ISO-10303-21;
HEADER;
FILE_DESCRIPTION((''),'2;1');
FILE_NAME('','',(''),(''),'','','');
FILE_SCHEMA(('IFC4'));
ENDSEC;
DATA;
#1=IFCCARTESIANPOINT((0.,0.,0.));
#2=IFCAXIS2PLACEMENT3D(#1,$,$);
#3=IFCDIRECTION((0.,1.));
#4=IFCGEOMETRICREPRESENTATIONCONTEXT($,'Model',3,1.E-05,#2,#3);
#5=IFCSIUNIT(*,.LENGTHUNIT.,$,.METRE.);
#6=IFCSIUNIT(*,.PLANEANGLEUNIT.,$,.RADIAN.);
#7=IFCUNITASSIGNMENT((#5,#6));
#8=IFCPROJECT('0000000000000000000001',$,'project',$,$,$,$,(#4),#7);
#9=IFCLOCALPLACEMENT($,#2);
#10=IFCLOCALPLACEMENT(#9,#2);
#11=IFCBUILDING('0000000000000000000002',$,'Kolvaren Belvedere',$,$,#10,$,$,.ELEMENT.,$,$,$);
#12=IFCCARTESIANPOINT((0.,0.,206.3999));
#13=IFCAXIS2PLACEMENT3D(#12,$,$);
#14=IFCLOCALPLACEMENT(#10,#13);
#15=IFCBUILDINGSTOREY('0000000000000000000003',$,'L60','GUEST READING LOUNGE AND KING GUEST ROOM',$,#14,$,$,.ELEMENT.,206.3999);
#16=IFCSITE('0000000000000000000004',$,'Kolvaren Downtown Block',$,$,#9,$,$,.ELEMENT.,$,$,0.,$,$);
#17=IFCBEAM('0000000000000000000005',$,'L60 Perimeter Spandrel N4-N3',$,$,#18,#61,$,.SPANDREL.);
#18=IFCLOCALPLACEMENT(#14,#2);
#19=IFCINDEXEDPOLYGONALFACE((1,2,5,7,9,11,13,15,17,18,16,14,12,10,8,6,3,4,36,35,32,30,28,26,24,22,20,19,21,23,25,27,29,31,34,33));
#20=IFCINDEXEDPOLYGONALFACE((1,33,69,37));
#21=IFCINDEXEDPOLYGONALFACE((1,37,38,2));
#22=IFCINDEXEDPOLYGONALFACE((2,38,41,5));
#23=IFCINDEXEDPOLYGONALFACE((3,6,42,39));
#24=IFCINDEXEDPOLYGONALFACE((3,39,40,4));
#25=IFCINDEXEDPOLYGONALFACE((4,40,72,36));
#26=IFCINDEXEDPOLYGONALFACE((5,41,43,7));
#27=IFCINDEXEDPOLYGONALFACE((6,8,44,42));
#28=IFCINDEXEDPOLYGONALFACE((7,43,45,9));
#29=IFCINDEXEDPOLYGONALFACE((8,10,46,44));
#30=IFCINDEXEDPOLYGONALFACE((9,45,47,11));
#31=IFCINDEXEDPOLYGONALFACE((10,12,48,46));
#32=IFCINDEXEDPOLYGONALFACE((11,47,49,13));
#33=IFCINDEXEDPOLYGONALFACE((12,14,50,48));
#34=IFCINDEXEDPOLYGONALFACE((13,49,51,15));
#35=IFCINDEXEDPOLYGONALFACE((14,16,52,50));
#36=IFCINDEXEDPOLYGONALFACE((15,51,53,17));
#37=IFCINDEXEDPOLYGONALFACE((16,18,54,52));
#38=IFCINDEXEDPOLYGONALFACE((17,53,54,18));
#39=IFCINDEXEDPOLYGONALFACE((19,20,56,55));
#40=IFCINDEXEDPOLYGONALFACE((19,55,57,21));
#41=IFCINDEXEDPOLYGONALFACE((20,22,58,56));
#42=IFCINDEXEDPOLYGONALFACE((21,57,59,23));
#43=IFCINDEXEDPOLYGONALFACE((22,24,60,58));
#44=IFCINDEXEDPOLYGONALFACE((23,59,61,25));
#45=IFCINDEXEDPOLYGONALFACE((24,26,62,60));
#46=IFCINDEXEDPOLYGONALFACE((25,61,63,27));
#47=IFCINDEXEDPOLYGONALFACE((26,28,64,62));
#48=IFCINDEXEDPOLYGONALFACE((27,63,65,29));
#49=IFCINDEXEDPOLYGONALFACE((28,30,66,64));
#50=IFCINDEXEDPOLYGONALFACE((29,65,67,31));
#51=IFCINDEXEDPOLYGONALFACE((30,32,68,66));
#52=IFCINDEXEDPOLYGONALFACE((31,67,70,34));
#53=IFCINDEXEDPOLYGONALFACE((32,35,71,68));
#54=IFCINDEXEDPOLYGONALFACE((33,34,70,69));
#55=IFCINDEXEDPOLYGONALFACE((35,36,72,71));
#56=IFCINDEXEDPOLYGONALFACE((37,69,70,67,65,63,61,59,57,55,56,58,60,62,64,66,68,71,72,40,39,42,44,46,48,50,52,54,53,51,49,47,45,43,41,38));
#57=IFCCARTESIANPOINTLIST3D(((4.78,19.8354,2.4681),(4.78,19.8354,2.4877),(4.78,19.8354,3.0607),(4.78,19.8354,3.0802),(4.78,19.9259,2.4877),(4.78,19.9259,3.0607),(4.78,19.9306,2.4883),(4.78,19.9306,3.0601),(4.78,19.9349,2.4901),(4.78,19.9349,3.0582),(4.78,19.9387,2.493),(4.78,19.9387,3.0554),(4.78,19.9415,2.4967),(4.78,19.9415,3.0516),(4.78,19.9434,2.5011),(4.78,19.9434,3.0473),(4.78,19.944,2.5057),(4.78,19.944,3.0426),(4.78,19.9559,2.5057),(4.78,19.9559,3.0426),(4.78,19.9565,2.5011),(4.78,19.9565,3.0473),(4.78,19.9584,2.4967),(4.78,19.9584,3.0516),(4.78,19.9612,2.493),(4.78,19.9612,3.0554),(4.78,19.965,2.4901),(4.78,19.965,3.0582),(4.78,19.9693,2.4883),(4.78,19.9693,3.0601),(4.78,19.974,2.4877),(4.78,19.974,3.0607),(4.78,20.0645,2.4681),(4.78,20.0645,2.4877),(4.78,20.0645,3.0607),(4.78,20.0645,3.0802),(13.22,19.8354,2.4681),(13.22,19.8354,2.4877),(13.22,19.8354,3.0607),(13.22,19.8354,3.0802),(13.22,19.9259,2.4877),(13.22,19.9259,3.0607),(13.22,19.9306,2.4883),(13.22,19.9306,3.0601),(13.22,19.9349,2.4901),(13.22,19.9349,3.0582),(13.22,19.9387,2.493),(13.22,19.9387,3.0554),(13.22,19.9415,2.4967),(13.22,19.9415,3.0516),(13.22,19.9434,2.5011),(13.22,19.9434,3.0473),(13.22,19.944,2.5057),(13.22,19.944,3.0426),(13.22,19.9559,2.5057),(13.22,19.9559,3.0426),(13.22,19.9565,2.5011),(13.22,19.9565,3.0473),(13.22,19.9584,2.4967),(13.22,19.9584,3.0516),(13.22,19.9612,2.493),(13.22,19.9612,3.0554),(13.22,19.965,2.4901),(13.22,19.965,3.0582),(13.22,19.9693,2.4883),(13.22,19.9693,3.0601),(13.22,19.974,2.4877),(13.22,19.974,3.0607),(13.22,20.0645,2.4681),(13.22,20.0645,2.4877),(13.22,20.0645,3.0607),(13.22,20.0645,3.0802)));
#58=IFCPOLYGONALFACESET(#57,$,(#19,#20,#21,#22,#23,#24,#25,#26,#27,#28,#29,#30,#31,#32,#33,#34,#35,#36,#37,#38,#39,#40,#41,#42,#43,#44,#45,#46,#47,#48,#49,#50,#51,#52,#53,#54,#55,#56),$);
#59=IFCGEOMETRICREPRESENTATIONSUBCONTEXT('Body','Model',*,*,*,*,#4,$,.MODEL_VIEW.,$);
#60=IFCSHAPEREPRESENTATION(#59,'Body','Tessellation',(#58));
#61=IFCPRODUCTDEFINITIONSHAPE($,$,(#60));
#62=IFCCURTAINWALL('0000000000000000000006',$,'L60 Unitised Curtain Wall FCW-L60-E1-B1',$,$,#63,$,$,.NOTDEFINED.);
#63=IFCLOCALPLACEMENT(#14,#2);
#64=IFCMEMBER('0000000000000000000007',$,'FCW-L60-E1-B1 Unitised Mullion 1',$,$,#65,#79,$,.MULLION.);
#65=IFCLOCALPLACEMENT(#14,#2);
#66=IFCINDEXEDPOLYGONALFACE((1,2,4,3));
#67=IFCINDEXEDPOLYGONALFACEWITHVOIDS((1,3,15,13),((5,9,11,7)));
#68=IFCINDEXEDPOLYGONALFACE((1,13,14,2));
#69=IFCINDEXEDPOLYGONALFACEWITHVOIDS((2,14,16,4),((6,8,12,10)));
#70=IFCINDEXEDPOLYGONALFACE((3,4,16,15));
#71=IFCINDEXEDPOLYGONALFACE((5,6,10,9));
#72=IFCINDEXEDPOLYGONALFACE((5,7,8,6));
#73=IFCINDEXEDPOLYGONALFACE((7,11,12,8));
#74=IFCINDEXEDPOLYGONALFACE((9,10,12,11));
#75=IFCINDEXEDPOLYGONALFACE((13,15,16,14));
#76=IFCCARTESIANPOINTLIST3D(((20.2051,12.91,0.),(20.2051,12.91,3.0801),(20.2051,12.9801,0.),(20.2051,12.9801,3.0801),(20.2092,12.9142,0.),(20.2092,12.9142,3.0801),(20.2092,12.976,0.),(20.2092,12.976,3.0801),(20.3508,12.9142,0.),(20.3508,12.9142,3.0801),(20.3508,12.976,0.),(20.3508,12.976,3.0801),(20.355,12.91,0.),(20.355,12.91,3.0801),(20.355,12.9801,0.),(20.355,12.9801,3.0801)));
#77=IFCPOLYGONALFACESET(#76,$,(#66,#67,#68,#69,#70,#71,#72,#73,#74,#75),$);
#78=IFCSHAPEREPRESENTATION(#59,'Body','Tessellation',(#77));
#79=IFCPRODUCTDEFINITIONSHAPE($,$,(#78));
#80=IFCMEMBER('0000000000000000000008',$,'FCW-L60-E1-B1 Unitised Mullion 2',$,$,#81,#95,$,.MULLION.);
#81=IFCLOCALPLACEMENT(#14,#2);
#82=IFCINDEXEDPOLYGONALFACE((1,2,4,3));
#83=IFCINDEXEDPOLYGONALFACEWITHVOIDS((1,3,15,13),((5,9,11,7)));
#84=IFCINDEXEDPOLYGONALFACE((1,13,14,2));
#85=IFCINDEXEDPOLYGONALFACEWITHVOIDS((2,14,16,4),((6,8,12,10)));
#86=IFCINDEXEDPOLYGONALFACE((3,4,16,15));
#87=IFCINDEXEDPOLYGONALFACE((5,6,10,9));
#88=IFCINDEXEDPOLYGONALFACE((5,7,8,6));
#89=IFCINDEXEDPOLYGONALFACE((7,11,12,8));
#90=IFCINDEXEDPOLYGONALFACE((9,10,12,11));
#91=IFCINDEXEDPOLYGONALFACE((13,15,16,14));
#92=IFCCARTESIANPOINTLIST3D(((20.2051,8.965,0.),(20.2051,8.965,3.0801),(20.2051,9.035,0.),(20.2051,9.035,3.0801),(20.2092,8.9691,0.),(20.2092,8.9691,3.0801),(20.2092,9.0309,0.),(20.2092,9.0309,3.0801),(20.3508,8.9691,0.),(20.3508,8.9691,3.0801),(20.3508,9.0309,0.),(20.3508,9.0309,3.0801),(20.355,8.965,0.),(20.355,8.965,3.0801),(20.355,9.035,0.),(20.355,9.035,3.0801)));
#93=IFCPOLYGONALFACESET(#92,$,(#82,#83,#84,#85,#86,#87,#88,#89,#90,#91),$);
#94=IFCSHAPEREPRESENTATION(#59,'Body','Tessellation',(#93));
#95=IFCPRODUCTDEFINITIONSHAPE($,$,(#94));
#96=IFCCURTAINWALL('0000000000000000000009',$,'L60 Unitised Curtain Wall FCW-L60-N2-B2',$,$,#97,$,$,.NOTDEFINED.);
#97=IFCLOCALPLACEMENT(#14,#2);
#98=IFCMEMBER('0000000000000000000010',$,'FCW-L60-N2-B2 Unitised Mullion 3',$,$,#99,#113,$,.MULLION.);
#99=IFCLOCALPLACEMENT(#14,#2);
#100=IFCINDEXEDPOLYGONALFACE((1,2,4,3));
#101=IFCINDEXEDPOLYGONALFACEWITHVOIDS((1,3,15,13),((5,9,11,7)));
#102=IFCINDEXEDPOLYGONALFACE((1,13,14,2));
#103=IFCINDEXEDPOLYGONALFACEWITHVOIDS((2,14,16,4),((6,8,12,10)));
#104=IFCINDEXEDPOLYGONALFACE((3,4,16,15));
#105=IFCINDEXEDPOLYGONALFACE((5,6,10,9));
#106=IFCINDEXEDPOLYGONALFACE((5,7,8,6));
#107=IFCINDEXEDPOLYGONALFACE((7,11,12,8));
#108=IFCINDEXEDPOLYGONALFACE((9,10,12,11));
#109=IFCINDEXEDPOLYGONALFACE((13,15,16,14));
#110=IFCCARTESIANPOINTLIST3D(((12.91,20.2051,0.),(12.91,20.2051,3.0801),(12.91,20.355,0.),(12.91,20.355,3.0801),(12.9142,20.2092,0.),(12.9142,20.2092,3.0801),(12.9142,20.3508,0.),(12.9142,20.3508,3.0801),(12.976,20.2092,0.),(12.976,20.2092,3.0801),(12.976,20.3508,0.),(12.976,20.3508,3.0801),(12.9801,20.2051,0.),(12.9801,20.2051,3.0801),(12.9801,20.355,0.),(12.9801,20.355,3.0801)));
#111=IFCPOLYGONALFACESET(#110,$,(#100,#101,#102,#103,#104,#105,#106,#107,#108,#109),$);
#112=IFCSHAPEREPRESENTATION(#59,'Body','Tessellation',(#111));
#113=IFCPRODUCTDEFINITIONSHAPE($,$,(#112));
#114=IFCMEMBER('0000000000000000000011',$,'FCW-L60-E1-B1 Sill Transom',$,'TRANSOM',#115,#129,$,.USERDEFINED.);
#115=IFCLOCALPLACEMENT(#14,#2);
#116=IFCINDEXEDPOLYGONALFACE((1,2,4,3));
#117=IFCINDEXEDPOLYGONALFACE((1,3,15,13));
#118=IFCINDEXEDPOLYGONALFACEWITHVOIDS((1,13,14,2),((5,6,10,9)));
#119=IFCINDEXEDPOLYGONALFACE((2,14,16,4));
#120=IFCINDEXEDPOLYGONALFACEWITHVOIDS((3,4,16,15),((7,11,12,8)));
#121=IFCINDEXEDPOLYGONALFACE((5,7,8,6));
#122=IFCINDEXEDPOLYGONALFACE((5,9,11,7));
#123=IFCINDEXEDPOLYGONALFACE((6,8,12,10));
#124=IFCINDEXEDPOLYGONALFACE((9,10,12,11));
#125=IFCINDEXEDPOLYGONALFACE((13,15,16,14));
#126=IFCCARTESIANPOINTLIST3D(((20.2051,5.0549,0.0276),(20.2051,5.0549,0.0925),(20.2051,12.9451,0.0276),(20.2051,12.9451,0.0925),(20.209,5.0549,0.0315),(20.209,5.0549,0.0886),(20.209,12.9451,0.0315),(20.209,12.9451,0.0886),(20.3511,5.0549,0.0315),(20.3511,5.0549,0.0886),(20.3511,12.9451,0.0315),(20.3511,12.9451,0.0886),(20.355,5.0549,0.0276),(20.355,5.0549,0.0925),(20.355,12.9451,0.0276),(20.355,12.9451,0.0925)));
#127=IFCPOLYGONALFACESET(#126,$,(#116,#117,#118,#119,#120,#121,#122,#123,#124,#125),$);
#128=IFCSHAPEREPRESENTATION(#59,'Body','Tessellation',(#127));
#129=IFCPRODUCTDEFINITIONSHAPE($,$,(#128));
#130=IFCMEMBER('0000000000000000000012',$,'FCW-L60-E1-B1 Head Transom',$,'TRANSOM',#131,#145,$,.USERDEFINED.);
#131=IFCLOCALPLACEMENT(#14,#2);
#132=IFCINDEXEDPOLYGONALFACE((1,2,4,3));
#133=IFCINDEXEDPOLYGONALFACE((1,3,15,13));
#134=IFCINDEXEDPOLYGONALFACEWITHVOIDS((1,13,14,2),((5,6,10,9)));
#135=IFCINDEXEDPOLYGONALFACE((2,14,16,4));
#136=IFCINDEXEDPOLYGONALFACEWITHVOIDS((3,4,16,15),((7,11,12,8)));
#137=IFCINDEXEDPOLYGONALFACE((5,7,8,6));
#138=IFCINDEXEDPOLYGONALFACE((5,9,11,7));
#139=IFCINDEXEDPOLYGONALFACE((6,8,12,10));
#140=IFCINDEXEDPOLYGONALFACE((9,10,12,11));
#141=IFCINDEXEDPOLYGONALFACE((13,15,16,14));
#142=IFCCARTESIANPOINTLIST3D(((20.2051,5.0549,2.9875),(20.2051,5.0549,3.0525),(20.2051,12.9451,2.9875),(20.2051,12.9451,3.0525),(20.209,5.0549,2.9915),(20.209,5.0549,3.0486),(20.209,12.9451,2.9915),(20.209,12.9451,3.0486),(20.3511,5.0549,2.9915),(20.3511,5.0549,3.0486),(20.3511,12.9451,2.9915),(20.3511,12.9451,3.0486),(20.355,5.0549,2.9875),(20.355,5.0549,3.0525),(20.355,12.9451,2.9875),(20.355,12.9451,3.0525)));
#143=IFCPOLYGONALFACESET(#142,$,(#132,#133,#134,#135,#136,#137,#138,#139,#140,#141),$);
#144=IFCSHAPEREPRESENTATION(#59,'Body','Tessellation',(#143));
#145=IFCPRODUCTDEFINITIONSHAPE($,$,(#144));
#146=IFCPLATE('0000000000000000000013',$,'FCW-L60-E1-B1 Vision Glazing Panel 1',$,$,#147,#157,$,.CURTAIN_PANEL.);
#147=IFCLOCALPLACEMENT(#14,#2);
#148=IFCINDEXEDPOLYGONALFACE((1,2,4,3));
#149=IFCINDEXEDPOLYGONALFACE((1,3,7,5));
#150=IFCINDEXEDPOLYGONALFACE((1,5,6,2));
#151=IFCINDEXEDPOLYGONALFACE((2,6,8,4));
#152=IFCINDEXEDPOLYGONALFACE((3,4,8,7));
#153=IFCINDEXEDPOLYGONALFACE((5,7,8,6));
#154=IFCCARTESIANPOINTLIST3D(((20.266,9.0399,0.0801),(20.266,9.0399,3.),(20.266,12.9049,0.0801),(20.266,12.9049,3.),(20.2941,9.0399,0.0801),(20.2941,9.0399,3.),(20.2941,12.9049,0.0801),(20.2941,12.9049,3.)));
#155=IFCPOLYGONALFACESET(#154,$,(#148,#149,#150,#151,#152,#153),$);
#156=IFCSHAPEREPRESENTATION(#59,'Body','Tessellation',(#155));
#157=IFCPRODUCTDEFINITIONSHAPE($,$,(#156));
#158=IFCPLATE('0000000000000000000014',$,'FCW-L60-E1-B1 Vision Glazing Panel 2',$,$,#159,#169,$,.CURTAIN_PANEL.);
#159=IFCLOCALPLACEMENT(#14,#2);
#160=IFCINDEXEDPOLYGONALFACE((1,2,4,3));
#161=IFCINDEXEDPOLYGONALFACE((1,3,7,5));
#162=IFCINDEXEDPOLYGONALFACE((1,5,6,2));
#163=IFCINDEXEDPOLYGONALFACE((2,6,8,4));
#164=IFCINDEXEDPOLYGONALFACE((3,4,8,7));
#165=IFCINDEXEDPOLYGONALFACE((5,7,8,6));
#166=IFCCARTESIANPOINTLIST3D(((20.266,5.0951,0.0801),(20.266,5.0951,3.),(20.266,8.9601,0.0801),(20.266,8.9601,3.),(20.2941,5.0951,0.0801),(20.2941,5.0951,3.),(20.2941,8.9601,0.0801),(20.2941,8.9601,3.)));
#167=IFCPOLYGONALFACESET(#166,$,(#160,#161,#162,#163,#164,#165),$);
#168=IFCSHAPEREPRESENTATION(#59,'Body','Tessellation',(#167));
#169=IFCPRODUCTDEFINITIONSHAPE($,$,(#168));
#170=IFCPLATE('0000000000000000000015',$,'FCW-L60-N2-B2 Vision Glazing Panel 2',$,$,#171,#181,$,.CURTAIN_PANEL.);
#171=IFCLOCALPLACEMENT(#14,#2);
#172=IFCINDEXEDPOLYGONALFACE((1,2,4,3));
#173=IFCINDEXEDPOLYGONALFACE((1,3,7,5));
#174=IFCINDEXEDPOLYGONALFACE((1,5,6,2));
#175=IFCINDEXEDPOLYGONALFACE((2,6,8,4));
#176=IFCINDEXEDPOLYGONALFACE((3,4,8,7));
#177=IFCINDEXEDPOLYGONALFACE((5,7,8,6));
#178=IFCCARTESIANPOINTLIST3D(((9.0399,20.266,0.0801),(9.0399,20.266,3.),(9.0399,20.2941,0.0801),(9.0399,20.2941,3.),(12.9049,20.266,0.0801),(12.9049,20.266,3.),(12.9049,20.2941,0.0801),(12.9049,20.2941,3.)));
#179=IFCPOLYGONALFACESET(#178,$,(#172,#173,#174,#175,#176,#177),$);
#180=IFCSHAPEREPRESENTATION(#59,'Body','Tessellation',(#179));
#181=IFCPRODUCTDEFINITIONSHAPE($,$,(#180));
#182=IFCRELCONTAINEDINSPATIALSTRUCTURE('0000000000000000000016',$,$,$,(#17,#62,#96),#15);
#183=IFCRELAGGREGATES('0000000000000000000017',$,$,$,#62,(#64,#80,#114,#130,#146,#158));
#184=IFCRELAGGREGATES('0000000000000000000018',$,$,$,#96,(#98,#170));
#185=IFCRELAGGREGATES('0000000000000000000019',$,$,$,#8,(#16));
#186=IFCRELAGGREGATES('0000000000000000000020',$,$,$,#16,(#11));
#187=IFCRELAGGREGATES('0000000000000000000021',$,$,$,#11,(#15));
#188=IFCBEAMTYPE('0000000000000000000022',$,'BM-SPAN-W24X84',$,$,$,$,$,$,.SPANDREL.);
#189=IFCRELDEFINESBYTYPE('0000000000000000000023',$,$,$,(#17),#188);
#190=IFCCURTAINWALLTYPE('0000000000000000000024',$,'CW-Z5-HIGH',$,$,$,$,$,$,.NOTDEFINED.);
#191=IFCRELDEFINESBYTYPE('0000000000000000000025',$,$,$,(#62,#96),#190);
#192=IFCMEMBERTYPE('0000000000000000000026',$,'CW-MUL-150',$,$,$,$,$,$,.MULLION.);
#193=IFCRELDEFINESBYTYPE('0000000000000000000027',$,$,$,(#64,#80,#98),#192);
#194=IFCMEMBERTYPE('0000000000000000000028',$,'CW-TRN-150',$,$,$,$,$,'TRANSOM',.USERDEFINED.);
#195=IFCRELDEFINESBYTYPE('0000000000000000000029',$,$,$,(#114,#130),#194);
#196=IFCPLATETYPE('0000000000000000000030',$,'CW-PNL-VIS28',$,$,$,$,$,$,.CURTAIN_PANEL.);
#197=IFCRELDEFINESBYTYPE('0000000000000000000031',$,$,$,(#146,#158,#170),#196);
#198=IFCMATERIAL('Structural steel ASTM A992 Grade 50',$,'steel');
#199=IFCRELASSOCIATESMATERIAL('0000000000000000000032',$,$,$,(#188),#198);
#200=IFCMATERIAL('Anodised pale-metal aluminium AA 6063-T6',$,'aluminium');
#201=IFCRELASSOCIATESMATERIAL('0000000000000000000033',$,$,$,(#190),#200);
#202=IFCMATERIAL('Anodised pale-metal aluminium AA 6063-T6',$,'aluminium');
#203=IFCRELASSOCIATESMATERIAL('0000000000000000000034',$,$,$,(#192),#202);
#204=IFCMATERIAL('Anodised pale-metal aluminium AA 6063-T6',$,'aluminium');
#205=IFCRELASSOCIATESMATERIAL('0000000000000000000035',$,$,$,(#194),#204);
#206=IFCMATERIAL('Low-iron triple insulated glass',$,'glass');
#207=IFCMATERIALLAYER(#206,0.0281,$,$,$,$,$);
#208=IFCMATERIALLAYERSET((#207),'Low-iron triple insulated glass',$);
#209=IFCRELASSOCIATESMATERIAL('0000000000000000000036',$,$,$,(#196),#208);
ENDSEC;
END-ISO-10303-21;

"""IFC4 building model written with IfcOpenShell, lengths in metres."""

from ifc_helpers import new_model, si_unit, direction, frame, origin, origin_2d, place, context, subcontext, project, spatial, rectangle, hollow_rectangle, i_section, extrude, material, layer, layer_set, material_profile, profile_set, type_object, element, aggregate, save


model = new_model("IFC4")

# Units and contexts
model_context = context("Model", 3, precision=1e-05, world=origin(), true_north=direction((0.0, 1.0)))
body_context = subcontext(model_context, "Body", "Model", "MODEL_VIEW")
ifc_project = project(units=[si_unit("LENGTHUNIT", "METRE"), si_unit("PLANEANGLEUNIT", "RADIAN")], contexts=[model_context])

# Site, building, storey
site_placement = place(None, origin())
site = spatial("IfcSite", under=ifc_project, at=site_placement, Name="Kolvaren Downtown Block", CompositionType="ELEMENT", RefElevation=0.0)
building_placement = place(site_placement, origin())
building = spatial("IfcBuilding", under=site, at=building_placement, Name="Kolvaren Belvedere", CompositionType="ELEMENT")
storey_placement = place(building_placement, frame((0.0, 0.0, 206.3999)))
storey = spatial("IfcBuildingStorey", under=building, at=storey_placement, Name="L60", Description="GUEST READING LOUNGE AND KING GUEST ROOM", CompositionType="ELEMENT", Elevation=206.3999)

# Beam
ifc_material_1 = material(Name="Structural steel ASTM A992 Grade 50", Category="steel")
ifc_material_profile_1 = material_profile(ifc_material_1, i_section(OverallWidth=0.229, OverallDepth=0.6121, WebThickness=0.012, FlangeThickness=0.0195, FilletRadius=0.0181, at=origin_2d()), Name="W24X84")
ifc_profile_set_1 = profile_set([ifc_material_profile_1], Name="Structural steel ASTM A992 Grade 50")
beam_type_1 = type_object("IfcBeamType", Name="BM-SPAN-W24X84", PredefinedType="SPANDREL", material=ifc_profile_set_1)
beam_1_placement = place(storey_placement, frame((13.22, 19.95, 2.7742), z_axis=(-1.0, 0.0, 0.0), x_axis=(0.0, -1.0, 0.0)))
element("IfcBeam", 1, at=beam_1_placement, inside=storey, type_object=beam_type_1, Name="L60 Perimeter Spandrel N4-N3", PredefinedType="SPANDREL", context=body_context, shape_type="SweptSolid", body=[
    extrude(i_section(OverallWidth=0.229, OverallDepth=0.6121, WebThickness=0.012, FlangeThickness=0.0195, FilletRadius=0.0181, at=origin_2d()), origin(), (0.0, 0.0, 1.0), 8.4399),
])

# Curtain wall, members
ifc_material_2 = material(Name="Anodised pale-metal aluminium AA 6063-T6", Category="aluminium")
curtain_wall_type = type_object("IfcCurtainWallType", Name="CW-Z5-HIGH", PredefinedType="NOTDEFINED", material=ifc_material_2)
curtain_wall_1_placement = place(storey_placement, origin())
curtain_wall_1 = element("IfcCurtainWall", 2, at=curtain_wall_1_placement, inside=storey, type_object=curtain_wall_type, Name="L60 Unitised Curtain Wall FCW-L60-E1-B1", PredefinedType="NOTDEFINED")
ifc_material_3 = material(Name="Anodised pale-metal aluminium AA 6063-T6", Category="aluminium")
ifc_material_profile_2 = material_profile(ifc_material_3, hollow_rectangle(XDim=0.0701, YDim=0.1499, WallThickness=0.0042, at=origin_2d()), Name="ALU-MUL-150X70")
ifc_profile_set_2 = profile_set([ifc_material_profile_2], Name="Anodised pale-metal aluminium AA 6063-T6")
member_type_1 = type_object("IfcMemberType", Name="CW-MUL-150", PredefinedType="MULLION", material=ifc_profile_set_2)
member_1_placement = place(storey_placement, frame((20.28, 12.9451, 0.0), z_axis=(0.0, 0.0, 1.0), x_axis=(0.0, 1.0, 0.0)))
member_1 = element("IfcMember", 3, at=member_1_placement, type_object=member_type_1, Name="FCW-L60-E1-B1 Unitised Mullion 1", PredefinedType="MULLION", context=body_context, shape_type="SweptSolid", body=[
    extrude(hollow_rectangle(XDim=0.0701, YDim=0.1499, WallThickness=0.0042, at=origin_2d()), origin(), (0.0, 0.0, 1.0), 3.0801),
])
member_2_placement = place(storey_placement, frame((20.28, 9.0, 0.0), z_axis=(0.0, 0.0, 1.0), x_axis=(0.0, 1.0, 0.0)))
member_2 = element("IfcMember", 4, at=member_2_placement, type_object=member_type_1, Name="FCW-L60-E1-B1 Unitised Mullion 2", PredefinedType="MULLION", context=body_context, shape_type="SweptSolid", body=[
    extrude(hollow_rectangle(XDim=0.0701, YDim=0.1499, WallThickness=0.0042, at=origin_2d()), origin(), (0.0, 0.0, 1.0), 3.0801),
])

# Curtain wall, member
curtain_wall_2_placement = place(storey_placement, origin())
curtain_wall_2 = element("IfcCurtainWall", 5, at=curtain_wall_2_placement, inside=storey, type_object=curtain_wall_type, Name="L60 Unitised Curtain Wall FCW-L60-N2-B2", PredefinedType="NOTDEFINED")
member_3_placement = place(storey_placement, frame((12.9451, 20.28, 0.0), z_axis=(0.0, 0.0, 1.0), x_axis=(1.0, 0.0, 0.0)))
member_3 = element("IfcMember", 6, at=member_3_placement, type_object=member_type_1, Name="FCW-L60-N2-B2 Unitised Mullion 3", PredefinedType="MULLION", context=body_context, shape_type="SweptSolid", body=[
    extrude(hollow_rectangle(XDim=0.0701, YDim=0.1499, WallThickness=0.0042, at=origin_2d()), origin(), (0.0, 0.0, 1.0), 3.0801),
])

# Members
ifc_material_4 = material(Name="Anodised pale-metal aluminium AA 6063-T6", Category="aluminium")
ifc_material_profile_3 = material_profile(ifc_material_4, hollow_rectangle(XDim=0.0649, YDim=0.1499, WallThickness=0.0039, at=origin_2d()), Name="ALU-TRN-150X65")
ifc_profile_set_3 = profile_set([ifc_material_profile_3], Name="Anodised pale-metal aluminium AA 6063-T6")
member_type_2 = type_object("IfcMemberType", Name="CW-TRN-150", ElementType="TRANSOM", PredefinedType="USERDEFINED", material=ifc_profile_set_3)
member_4_placement = place(storey_placement, frame((20.28, 12.9451, 0.0601), z_axis=(0.0, -1.0, 0.0), x_axis=(0.0, 0.0, 1.0)))
member_4 = element("IfcMember", 7, at=member_4_placement, type_object=member_type_2, Name="FCW-L60-E1-B1 Sill Transom", ObjectType="TRANSOM", PredefinedType="USERDEFINED", context=body_context, shape_type="SweptSolid", body=[
    extrude(hollow_rectangle(XDim=0.0649, YDim=0.1499, WallThickness=0.0039, at=origin_2d()), origin(), (0.0, 0.0, 1.0), 7.8901),
])
member_5_placement = place(storey_placement, frame((20.28, 12.9451, 3.02), z_axis=(0.0, -1.0, 0.0), x_axis=(0.0, 0.0, 1.0)))
member_5 = element("IfcMember", 8, at=member_5_placement, type_object=member_type_2, Name="FCW-L60-E1-B1 Head Transom", ObjectType="TRANSOM", PredefinedType="USERDEFINED", context=body_context, shape_type="SweptSolid", body=[
    extrude(hollow_rectangle(XDim=0.0649, YDim=0.1499, WallThickness=0.0039, at=origin_2d()), origin(), (0.0, 0.0, 1.0), 7.8901),
])

# Plates
ifc_material_5 = material(Name="Low-iron triple insulated glass", Category="glass")
ifc_layer_1 = layer(ifc_material_5, 0.0281)
ifc_layer_set_1 = layer_set([ifc_layer_1], Name="Low-iron triple insulated glass")
plate_type_1 = type_object("IfcPlateType", Name="CW-PNL-VIS28", PredefinedType="CURTAIN_PANEL", material=ifc_layer_set_1)
plate_1_placement = place(storey_placement, frame((20.28, 10.9724, 0.0801), z_axis=(0.0, 0.0, 1.0), x_axis=(0.0, -1.0, 0.0)))
plate_1 = element("IfcPlate", 9, at=plate_1_placement, type_object=plate_type_1, Name="FCW-L60-E1-B1 Vision Glazing Panel 1", PredefinedType="CURTAIN_PANEL", context=body_context, shape_type="SweptSolid", body=[
    extrude(rectangle(XDim=3.865, YDim=0.0281, at=origin_2d()), origin(), (0.0, 0.0, 1.0), 2.9199),
])
plate_2_placement = place(storey_placement, frame((20.28, 7.0276, 0.0801), z_axis=(0.0, 0.0, 1.0), x_axis=(0.0, -1.0, 0.0)))
plate_2 = element("IfcPlate", 10, at=plate_2_placement, type_object=plate_type_1, Name="FCW-L60-E1-B1 Vision Glazing Panel 2", PredefinedType="CURTAIN_PANEL", context=body_context, shape_type="SweptSolid", body=[
    extrude(rectangle(XDim=3.865, YDim=0.0281, at=origin_2d()), origin(), (0.0, 0.0, 1.0), 2.9199),
])
aggregate(curtain_wall_1, [member_1, member_2, member_4, member_5, plate_1, plate_2])
plate_3_placement = place(storey_placement, frame((10.9724, 20.28, 0.0801), z_axis=(0.0, 0.0, 1.0), x_axis=(1.0, 0.0, 0.0)))
plate_3 = element("IfcPlate", 11, at=plate_3_placement, type_object=plate_type_1, Name="FCW-L60-N2-B2 Vision Glazing Panel 2", PredefinedType="CURTAIN_PANEL", context=body_context, shape_type="SweptSolid", body=[
    extrude(rectangle(XDim=3.865, YDim=0.0281, at=origin_2d()), origin(), (0.0, 0.0, 1.0), 2.9199),
])
aggregate(curtain_wall_2, [member_3, plate_3])

save(model, "model.ifc")
